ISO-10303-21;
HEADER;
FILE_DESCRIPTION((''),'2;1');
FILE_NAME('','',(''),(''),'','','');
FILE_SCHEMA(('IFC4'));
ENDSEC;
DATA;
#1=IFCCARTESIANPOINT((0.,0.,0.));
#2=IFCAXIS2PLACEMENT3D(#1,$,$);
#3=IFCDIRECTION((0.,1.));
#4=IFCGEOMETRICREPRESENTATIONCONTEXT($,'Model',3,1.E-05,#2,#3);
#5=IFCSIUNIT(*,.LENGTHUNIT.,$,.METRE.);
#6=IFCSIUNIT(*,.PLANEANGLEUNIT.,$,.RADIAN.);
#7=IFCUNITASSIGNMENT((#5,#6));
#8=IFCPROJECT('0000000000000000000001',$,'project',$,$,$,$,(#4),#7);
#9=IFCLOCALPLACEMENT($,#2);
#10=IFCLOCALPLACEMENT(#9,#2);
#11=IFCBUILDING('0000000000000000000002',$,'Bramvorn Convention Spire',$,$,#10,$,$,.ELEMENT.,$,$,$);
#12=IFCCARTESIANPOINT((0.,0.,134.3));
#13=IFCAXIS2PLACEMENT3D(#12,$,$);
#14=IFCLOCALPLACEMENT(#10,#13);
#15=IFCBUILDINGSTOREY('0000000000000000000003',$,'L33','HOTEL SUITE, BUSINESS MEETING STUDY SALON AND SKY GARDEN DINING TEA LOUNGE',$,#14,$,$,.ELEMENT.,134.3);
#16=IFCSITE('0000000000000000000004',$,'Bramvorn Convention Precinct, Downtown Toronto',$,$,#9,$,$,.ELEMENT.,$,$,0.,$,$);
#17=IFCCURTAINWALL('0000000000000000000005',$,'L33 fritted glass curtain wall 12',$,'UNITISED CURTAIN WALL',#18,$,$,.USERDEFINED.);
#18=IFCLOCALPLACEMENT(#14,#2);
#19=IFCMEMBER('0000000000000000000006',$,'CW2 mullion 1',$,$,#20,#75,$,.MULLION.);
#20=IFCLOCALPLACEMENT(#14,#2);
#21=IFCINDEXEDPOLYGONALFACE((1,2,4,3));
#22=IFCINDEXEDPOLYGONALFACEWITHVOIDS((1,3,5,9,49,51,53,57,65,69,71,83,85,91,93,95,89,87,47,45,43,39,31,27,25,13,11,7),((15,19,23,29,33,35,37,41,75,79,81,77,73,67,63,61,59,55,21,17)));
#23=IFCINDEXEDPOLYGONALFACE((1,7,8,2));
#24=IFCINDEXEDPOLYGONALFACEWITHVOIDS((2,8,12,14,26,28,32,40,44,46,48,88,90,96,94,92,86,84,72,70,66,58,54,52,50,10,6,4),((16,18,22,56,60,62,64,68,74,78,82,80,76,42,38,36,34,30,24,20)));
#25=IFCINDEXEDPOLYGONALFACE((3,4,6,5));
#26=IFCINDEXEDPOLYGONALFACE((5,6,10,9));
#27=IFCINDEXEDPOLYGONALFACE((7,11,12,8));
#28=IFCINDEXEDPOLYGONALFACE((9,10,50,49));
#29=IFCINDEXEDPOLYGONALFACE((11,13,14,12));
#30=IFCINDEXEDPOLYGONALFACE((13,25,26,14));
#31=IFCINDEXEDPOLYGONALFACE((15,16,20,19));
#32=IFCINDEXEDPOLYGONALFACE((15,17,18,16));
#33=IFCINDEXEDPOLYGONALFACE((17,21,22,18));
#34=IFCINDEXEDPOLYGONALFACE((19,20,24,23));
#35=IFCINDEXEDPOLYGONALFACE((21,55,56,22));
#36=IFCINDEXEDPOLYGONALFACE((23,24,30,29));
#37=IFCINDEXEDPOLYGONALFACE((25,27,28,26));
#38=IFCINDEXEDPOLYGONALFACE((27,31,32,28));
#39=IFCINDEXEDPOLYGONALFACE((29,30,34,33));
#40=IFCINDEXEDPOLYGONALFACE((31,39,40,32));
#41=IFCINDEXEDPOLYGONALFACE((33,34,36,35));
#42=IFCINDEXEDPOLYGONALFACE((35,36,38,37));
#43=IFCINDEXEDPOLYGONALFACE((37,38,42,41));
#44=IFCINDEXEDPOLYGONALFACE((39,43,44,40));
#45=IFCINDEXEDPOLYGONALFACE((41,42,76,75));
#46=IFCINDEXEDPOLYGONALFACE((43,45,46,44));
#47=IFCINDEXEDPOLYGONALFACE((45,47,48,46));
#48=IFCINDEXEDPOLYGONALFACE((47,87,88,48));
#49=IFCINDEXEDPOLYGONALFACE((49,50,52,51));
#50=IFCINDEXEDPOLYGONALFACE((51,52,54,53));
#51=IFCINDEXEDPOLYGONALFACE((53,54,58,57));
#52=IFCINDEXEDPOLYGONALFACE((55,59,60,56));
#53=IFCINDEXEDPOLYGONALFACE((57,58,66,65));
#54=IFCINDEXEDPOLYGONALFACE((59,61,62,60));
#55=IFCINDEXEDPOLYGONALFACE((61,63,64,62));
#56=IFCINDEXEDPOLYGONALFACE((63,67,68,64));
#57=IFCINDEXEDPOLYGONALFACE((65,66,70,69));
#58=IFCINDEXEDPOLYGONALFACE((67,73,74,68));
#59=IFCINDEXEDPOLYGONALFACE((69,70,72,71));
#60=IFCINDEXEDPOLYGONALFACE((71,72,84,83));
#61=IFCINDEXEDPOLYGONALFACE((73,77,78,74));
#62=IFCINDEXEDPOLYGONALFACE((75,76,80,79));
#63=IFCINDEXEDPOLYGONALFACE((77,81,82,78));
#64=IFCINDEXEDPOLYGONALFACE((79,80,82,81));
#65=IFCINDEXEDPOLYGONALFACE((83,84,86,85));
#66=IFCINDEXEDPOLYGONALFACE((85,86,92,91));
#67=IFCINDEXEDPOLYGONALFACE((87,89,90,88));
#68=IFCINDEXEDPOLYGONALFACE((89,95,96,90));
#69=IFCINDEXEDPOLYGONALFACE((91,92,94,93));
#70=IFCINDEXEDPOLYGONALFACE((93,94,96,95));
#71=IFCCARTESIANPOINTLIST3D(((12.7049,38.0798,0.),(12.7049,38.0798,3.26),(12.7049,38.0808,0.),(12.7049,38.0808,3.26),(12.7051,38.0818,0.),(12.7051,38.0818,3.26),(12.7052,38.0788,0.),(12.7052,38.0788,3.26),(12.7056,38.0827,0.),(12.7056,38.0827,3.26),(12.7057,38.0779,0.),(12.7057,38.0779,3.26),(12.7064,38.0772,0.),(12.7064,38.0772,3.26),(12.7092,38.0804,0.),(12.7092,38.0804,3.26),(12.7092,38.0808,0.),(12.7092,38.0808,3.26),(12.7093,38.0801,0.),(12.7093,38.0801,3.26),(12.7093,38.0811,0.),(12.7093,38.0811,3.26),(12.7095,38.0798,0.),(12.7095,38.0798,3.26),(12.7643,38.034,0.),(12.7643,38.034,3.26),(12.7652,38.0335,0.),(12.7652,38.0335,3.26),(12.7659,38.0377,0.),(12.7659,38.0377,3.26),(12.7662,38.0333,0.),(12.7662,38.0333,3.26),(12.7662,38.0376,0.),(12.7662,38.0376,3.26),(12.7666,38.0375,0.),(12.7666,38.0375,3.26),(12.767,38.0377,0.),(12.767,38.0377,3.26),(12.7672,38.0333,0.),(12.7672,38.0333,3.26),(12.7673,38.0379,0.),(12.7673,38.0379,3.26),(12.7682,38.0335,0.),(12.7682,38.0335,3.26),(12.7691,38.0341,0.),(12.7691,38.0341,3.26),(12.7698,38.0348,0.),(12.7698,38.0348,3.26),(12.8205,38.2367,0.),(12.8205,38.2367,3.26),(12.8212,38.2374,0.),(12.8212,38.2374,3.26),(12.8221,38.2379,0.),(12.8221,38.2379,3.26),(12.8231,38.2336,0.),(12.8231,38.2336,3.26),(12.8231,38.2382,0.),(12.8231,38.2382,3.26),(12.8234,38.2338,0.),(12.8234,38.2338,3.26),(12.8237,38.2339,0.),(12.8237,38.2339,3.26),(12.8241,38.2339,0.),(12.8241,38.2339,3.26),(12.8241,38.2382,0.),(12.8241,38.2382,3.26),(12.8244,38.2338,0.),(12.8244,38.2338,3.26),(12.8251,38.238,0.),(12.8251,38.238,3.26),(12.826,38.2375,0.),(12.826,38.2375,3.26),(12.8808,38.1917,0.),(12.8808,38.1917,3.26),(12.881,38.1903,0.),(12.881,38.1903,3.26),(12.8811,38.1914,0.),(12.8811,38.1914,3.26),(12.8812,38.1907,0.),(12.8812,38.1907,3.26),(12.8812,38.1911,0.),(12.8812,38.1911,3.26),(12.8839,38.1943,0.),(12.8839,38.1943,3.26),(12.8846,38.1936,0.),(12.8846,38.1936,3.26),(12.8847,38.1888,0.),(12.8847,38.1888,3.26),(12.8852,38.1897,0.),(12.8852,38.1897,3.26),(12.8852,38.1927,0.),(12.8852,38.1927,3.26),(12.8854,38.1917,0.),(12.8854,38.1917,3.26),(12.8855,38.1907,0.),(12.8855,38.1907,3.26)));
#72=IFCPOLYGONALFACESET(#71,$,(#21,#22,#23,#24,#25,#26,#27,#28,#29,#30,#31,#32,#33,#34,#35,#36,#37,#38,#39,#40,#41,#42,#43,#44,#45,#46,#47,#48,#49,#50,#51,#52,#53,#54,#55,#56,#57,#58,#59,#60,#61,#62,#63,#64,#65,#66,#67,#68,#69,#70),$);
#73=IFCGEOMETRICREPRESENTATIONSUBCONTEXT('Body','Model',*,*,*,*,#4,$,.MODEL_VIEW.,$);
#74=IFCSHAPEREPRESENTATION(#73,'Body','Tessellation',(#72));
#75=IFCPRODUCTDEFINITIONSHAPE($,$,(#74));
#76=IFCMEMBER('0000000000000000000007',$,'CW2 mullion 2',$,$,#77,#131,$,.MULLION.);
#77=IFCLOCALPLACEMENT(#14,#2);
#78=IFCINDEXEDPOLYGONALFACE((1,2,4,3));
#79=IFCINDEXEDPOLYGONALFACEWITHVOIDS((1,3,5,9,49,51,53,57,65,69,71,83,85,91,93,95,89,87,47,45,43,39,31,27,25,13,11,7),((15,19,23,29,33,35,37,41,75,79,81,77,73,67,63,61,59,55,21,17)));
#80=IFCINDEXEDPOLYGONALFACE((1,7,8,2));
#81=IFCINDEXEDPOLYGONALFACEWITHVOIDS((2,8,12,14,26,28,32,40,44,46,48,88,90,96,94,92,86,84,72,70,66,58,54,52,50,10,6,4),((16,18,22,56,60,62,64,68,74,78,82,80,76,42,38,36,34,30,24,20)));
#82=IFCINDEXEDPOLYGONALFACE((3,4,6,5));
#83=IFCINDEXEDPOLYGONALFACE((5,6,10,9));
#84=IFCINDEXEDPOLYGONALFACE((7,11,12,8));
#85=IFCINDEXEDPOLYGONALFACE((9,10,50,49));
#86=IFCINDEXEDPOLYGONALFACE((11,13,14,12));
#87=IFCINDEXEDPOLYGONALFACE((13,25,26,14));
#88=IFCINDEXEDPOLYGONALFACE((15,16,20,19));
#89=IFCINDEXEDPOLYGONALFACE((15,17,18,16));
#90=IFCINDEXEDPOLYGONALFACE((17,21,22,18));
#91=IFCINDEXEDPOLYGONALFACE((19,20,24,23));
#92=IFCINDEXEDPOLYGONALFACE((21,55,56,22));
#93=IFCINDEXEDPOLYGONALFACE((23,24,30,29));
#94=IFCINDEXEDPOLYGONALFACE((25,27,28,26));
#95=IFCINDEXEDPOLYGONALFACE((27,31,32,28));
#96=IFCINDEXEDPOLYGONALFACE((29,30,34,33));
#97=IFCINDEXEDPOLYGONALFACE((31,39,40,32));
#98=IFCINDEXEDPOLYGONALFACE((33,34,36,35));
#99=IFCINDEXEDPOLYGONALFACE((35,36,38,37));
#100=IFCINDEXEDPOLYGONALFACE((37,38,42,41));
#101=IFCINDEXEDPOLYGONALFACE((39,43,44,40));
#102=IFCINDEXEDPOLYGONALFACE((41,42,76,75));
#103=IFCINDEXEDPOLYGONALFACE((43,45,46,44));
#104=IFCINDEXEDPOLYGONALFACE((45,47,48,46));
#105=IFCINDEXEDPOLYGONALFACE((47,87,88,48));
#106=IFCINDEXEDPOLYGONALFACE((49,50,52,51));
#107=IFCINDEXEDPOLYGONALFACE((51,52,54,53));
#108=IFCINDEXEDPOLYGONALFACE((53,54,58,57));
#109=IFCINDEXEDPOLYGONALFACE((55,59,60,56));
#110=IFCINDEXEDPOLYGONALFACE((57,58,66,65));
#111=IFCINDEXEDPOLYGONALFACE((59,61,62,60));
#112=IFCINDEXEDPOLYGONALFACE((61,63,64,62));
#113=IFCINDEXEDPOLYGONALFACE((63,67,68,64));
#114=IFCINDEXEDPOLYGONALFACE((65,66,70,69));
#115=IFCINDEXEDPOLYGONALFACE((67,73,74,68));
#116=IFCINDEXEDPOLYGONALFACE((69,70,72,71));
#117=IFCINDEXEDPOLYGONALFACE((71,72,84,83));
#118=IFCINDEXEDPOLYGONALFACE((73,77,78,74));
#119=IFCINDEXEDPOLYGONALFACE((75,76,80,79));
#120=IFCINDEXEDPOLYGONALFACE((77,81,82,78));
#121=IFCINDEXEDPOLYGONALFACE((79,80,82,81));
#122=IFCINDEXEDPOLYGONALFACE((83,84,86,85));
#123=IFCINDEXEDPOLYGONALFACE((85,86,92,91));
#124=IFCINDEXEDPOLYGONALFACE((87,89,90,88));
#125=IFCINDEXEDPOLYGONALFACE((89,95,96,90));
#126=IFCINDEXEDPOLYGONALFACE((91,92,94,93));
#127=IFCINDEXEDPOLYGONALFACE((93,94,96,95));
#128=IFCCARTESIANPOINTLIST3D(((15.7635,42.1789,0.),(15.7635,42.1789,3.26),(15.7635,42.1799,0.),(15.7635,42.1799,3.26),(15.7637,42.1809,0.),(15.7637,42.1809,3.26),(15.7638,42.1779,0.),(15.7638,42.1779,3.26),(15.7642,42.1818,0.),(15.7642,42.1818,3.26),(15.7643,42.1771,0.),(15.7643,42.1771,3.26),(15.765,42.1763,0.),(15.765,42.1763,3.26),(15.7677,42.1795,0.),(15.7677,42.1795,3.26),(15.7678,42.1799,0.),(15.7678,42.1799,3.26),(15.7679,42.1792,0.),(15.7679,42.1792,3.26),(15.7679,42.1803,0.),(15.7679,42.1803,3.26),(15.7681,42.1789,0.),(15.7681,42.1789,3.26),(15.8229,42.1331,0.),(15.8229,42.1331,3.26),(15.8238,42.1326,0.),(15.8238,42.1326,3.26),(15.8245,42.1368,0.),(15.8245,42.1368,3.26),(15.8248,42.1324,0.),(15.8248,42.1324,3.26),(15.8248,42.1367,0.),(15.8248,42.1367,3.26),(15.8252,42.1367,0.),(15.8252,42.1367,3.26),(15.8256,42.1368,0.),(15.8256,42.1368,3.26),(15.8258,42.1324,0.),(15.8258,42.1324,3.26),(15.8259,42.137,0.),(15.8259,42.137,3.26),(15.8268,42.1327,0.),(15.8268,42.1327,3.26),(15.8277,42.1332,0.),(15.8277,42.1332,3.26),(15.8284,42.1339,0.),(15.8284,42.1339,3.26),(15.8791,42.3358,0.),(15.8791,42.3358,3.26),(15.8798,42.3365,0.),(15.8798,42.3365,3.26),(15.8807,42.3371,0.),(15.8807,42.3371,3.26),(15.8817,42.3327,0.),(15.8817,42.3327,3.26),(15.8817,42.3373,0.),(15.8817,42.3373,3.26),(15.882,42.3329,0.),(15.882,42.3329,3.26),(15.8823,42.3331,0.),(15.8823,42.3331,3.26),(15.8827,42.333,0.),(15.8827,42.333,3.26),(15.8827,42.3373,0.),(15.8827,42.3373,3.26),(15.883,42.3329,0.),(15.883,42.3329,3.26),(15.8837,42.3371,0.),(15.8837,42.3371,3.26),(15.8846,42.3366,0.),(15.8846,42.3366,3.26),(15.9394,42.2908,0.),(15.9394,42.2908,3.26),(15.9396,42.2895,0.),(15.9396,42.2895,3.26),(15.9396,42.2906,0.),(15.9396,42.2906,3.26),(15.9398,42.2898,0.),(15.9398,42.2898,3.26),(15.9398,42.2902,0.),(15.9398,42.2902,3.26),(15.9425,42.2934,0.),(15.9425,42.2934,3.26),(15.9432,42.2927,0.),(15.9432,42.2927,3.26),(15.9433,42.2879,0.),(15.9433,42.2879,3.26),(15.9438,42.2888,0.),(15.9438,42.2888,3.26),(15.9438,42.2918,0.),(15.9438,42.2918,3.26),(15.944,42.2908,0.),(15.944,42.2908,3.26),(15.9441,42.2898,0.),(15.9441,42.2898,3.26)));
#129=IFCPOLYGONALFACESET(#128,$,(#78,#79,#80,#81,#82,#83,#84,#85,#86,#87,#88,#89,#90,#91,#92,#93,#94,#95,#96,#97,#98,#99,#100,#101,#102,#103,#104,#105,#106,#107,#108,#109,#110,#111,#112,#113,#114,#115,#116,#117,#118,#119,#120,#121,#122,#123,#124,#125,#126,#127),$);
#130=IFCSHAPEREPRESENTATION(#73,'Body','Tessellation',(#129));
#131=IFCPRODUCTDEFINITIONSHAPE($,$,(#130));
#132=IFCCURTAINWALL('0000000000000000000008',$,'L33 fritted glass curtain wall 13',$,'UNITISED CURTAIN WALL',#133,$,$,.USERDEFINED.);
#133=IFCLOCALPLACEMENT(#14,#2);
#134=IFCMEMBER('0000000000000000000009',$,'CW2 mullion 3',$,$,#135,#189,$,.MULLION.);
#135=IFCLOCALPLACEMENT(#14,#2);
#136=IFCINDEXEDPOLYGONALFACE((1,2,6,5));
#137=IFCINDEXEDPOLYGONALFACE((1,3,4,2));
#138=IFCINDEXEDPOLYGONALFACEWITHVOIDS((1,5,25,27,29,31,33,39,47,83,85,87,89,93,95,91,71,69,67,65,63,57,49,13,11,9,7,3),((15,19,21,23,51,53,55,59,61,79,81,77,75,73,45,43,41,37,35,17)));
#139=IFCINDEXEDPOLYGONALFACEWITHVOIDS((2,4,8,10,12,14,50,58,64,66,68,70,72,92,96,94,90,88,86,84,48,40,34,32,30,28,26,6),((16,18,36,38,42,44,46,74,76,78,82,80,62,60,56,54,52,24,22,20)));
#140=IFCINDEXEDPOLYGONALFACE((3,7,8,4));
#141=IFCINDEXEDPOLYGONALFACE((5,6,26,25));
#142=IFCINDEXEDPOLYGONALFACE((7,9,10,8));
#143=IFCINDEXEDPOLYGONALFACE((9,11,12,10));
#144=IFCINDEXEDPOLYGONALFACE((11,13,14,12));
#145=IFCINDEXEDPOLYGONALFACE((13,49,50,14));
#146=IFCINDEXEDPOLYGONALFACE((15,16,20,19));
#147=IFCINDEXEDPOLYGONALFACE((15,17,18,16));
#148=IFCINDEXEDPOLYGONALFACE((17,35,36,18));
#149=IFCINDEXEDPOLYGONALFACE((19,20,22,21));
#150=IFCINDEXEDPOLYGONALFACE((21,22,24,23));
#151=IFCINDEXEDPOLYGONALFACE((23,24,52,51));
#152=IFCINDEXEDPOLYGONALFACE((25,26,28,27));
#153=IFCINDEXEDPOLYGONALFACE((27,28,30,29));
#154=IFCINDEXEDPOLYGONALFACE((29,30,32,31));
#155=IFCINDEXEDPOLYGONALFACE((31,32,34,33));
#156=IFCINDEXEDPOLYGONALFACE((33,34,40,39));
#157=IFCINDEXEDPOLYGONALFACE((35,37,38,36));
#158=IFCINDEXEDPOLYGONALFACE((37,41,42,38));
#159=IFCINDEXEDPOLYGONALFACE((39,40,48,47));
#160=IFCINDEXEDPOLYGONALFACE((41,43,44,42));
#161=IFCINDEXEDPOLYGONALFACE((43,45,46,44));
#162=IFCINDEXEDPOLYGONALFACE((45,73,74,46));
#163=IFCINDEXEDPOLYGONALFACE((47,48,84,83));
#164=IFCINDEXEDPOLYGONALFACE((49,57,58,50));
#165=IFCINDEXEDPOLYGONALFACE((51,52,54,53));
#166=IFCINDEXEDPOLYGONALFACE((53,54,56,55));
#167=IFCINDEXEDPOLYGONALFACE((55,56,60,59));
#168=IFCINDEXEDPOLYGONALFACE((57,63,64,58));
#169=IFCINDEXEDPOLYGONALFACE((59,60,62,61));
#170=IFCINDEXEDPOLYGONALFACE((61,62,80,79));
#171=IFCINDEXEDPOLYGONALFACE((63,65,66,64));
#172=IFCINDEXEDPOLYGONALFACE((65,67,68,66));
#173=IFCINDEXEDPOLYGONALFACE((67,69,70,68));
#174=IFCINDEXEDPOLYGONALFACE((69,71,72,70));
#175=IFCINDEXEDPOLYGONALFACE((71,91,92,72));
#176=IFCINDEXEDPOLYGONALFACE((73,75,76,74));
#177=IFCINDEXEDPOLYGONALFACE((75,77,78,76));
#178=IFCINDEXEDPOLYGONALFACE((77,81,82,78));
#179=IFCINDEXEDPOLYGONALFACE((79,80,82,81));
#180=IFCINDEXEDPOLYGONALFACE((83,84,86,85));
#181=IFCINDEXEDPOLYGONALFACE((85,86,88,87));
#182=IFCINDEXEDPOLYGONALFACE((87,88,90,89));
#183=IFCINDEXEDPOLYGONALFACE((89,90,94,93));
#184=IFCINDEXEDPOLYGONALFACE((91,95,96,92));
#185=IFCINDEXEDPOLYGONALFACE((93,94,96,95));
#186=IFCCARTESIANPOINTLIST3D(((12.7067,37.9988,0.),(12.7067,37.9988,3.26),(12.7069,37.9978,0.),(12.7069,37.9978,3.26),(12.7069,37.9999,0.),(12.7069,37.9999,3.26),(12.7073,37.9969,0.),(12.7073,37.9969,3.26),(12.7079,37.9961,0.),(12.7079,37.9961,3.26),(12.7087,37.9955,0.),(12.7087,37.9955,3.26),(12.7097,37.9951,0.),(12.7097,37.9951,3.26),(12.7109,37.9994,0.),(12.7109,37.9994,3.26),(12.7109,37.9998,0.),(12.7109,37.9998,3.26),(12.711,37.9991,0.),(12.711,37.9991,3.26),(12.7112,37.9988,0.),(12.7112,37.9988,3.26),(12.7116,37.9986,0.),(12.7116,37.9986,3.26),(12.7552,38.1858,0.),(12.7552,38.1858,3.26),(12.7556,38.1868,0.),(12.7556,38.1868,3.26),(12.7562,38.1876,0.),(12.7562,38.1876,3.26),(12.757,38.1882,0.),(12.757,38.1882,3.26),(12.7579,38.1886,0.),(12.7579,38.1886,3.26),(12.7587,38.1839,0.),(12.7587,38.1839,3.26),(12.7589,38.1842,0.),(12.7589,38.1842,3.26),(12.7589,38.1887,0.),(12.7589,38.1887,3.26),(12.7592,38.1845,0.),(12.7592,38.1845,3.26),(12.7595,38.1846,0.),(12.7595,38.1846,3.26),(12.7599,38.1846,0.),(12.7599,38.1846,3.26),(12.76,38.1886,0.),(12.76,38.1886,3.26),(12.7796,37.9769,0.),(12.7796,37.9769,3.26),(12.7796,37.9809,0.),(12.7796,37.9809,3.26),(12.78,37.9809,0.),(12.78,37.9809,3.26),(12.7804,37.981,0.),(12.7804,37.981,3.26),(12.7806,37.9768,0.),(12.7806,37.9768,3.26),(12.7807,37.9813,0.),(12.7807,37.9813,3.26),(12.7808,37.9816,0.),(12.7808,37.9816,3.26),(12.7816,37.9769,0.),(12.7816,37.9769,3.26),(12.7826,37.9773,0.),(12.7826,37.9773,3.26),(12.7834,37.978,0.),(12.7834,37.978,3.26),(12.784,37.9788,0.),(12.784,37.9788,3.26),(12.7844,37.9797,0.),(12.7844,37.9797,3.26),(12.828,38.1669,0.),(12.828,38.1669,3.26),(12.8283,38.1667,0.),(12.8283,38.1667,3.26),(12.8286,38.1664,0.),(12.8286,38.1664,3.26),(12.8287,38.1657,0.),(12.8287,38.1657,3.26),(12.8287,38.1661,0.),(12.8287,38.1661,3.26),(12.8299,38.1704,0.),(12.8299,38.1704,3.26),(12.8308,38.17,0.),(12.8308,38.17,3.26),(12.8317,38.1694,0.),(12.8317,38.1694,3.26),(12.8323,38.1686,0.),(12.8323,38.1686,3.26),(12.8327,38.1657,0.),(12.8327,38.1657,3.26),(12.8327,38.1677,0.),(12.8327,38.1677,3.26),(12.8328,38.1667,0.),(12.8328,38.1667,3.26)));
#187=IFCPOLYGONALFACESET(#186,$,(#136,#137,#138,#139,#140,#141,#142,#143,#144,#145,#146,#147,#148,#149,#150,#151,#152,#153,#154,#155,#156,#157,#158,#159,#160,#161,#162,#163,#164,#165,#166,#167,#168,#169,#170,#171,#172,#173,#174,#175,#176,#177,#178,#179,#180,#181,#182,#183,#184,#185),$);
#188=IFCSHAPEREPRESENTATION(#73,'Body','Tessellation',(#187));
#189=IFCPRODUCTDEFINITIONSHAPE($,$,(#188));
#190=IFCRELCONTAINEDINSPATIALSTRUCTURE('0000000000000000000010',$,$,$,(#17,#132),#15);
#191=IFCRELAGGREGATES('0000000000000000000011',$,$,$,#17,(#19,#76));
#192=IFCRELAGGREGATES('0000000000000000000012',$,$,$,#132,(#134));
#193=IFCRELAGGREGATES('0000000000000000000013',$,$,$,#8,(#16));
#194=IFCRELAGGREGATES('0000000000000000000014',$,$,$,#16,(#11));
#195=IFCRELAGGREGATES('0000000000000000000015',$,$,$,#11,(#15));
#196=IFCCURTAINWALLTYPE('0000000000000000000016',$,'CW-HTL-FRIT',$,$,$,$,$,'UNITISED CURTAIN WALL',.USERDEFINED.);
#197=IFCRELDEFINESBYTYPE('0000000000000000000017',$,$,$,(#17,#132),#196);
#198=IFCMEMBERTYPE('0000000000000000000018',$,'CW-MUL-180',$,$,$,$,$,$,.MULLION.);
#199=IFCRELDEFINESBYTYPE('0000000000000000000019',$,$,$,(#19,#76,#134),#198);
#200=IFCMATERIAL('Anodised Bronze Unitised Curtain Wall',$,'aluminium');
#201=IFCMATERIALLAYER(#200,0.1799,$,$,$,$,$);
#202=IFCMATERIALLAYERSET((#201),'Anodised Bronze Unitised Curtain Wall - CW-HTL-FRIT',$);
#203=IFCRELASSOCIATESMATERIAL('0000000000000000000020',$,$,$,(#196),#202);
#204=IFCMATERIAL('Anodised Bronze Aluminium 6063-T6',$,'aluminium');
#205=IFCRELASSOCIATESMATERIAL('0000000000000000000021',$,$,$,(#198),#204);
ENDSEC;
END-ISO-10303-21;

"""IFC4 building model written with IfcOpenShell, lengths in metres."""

from ifc_helpers import new_model, si_unit, direction, frame, origin, origin_2d, place, context, subcontext, project, spatial, hollow_rectangle, extrude, material, layer, layer_set, material_profile, profile_set, type_object, element, aggregate, save


model = new_model("IFC4")

# Units and contexts
model_context = context("Model", 3, precision=1e-05, world=origin(), true_north=direction((0.0, 1.0)))
body_context = subcontext(model_context, "Body", "Model", "MODEL_VIEW")
ifc_project = project(units=[si_unit("LENGTHUNIT", "METRE"), si_unit("PLANEANGLEUNIT", "RADIAN")], contexts=[model_context])

# Site, building, storey
site_placement = place(None, origin())
site = spatial("IfcSite", under=ifc_project, at=site_placement, Name="Bramvorn Convention Precinct, Downtown Toronto", CompositionType="ELEMENT", RefElevation=0.0)
building_placement = place(site_placement, origin())
building = spatial("IfcBuilding", under=site, at=building_placement, Name="Bramvorn Convention Spire", CompositionType="ELEMENT")
storey_placement = place(building_placement, frame((0.0, 0.0, 134.3)))
storey = spatial("IfcBuildingStorey", under=building, at=storey_placement, Name="L33", Description="HOTEL SUITE, BUSINESS MEETING STUDY SALON AND SKY GARDEN DINING TEA LOUNGE", CompositionType="ELEMENT", Elevation=134.3)

# Curtain wall, members
ifc_material_1 = material(Name="Anodised Bronze Unitised Curtain Wall", Category="aluminium")
ifc_layer_1 = layer(ifc_material_1, 0.1799)
ifc_layer_set_1 = layer_set([ifc_layer_1], Name="Anodised Bronze Unitised Curtain Wall - CW-HTL-FRIT")
curtain_wall_type_1 = type_object("IfcCurtainWallType", Name="CW-HTL-FRIT", ElementType="UNITISED CURTAIN WALL", PredefinedType="USERDEFINED", material=ifc_layer_set_1)
curtain_wall_1_placement = place(storey_placement, origin())
curtain_wall_1 = element("IfcCurtainWall", 1, at=curtain_wall_1_placement, inside=storey, type_object=curtain_wall_type_1, Name="L33 fritted glass curtain wall 12", ObjectType="UNITISED CURTAIN WALL", PredefinedType="USERDEFINED")
ifc_material_2 = material(Name="Anodised Bronze Aluminium 6063-T6", Category="aluminium")
ifc_material_profile_1 = material_profile(ifc_material_2, hollow_rectangle(XDim=0.0801, YDim=0.2, WallThickness=0.0039, InnerFilletRadius=0.001, OuterFilletRadius=0.0039, at=origin_2d()))
ifc_profile_set_1 = profile_set([ifc_material_profile_1], Name="Anodised Bronze Aluminium 6063-T6 - CWM80X200")
member_type_1 = type_object("IfcMemberType", Name="CW-MUL-180", PredefinedType="MULLION", material=ifc_profile_set_1)
member_1_placement = place(storey_placement, frame((12.7952, 38.1357, 0.0), z_axis=(0.0, 0.0, 1.0), x_axis=(-0.801475, 0.598028, 0.0)))
member_1 = element("IfcMember", 2, at=member_1_placement, type_object=member_type_1, Name="CW2 mullion 1", PredefinedType="MULLION", context=body_context, shape_type="SweptSolid", body=[
    extrude(hollow_rectangle(XDim=0.0801, YDim=0.2, WallThickness=0.0039, InnerFilletRadius=0.001, OuterFilletRadius=0.0039, at=origin_2d()), origin(), (0.0, 0.0, 1.0), 3.26),
])
member_2_placement = place(storey_placement, frame((15.8538, 42.2349, 0.0), z_axis=(0.0, 0.0, 1.0), x_axis=(-0.801475, 0.598028, 0.0)))
member_2 = element("IfcMember", 3, at=member_2_placement, type_object=member_type_1, Name="CW2 mullion 2", PredefinedType="MULLION", context=body_context, shape_type="SweptSolid", body=[
    extrude(hollow_rectangle(XDim=0.0801, YDim=0.2, WallThickness=0.0039, InnerFilletRadius=0.001, OuterFilletRadius=0.0039, at=origin_2d()), origin(), (0.0, 0.0, 1.0), 3.26),
])

# Curtain wall, member
curtain_wall_2_placement = place(storey_placement, origin())
curtain_wall_2 = element("IfcCurtainWall", 4, at=curtain_wall_2_placement, inside=storey, type_object=curtain_wall_type_1, Name="L33 fritted glass curtain wall 13", ObjectType="UNITISED CURTAIN WALL", PredefinedType="USERDEFINED")
member_3_placement = place(storey_placement, frame((12.7698, 38.0828, 0.0), z_axis=(0.0, 0.0, 1.0), x_axis=(-0.967834, 0.251588, 0.0)))
member_3 = element("IfcMember", 5, at=member_3_placement, type_object=member_type_1, Name="CW2 mullion 3", PredefinedType="MULLION", context=body_context, shape_type="SweptSolid", body=[
    extrude(hollow_rectangle(XDim=0.0801, YDim=0.2, WallThickness=0.0039, InnerFilletRadius=0.001, OuterFilletRadius=0.0039, at=origin_2d()), origin(), (0.0, 0.0, 1.0), 3.26),
])

aggregate(curtain_wall_1, [member_1, member_2])
aggregate(curtain_wall_2, [member_3])

save(model, "model.ifc")
